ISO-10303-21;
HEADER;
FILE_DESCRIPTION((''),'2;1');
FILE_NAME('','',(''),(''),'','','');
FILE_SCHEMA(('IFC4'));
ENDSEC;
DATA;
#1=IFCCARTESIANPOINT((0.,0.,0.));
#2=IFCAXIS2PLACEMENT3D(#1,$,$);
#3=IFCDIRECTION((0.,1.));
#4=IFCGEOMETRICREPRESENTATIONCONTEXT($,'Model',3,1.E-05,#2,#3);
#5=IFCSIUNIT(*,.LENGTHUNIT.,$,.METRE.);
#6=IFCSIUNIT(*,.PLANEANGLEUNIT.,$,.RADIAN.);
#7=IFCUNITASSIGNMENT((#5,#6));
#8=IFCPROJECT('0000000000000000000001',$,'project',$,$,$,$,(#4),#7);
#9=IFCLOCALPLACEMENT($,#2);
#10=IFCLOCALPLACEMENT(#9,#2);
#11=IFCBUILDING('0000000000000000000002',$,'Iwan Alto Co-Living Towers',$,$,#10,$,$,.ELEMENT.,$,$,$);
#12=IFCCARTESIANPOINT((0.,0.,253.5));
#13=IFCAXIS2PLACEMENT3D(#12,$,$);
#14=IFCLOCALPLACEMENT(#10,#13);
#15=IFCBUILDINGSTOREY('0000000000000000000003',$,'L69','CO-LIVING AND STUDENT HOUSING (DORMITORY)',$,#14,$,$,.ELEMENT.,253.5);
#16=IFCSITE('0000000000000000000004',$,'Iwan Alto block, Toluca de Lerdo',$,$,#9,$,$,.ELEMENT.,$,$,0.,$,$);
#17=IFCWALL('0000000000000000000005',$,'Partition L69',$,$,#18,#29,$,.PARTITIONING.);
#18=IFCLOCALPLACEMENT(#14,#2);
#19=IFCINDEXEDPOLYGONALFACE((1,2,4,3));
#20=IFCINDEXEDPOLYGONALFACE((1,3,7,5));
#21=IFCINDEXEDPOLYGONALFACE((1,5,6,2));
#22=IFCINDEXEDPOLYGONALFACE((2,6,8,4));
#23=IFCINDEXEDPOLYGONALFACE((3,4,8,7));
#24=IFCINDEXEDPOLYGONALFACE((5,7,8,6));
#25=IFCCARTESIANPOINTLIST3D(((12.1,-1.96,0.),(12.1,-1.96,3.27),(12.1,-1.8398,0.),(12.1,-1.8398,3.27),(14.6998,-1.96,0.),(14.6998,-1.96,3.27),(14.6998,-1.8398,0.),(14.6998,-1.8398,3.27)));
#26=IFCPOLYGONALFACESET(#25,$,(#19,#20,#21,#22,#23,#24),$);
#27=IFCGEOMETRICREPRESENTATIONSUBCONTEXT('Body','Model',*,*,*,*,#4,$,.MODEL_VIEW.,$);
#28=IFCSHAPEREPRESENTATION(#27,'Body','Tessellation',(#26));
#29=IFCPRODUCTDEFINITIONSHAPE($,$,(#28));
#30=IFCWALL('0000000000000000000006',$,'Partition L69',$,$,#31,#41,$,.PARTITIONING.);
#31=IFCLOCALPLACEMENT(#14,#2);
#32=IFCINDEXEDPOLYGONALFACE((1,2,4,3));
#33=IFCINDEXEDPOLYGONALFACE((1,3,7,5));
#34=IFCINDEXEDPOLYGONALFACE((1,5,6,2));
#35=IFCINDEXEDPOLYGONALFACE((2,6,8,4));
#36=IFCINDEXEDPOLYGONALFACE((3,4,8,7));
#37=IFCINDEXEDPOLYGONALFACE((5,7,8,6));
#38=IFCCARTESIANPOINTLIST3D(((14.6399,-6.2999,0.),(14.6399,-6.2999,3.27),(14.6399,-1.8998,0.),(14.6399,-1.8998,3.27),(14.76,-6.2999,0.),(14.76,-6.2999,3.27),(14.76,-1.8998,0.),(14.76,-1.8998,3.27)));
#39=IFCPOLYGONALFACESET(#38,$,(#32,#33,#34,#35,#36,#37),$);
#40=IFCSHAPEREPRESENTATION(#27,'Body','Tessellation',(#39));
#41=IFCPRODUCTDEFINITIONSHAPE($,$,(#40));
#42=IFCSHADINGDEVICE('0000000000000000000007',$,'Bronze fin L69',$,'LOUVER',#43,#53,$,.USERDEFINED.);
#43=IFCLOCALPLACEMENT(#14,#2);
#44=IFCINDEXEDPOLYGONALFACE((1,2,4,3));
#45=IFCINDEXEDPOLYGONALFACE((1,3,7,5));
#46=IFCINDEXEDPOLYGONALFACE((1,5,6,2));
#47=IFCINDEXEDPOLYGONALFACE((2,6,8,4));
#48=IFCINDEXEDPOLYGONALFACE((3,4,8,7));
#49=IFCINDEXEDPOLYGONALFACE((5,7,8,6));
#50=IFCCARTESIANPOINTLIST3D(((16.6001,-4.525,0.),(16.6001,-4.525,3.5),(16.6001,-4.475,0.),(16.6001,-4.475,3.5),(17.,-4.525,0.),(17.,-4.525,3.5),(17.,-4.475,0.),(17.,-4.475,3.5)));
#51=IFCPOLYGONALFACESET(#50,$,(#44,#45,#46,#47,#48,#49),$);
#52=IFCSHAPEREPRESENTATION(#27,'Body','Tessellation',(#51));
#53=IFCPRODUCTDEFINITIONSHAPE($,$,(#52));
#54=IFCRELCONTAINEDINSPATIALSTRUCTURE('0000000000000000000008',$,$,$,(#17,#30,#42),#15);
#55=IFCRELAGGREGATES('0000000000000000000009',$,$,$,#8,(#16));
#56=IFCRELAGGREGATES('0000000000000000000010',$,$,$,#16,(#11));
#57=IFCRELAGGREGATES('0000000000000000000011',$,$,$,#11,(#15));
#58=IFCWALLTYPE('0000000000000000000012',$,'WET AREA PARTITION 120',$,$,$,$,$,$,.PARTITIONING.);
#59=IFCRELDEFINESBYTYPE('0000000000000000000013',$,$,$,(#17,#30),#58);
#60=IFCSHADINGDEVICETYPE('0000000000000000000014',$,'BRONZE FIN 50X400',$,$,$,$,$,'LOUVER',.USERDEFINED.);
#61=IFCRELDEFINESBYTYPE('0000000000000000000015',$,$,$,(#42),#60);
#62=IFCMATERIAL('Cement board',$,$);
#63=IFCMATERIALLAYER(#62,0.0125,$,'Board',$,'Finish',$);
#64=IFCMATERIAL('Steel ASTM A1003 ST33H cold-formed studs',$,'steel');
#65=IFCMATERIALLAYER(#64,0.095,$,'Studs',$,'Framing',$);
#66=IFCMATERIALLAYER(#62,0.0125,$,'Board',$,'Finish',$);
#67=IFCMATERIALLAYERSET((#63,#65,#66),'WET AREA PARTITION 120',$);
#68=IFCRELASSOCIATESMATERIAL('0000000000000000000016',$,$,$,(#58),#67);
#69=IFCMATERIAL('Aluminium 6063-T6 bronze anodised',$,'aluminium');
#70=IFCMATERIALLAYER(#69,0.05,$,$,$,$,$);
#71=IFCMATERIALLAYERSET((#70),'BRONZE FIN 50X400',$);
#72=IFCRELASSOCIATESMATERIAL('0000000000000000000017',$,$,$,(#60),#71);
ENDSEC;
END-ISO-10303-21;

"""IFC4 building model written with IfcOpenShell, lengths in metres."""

from ifc_helpers import new_model, si_unit, direction, frame, frame_2d, origin, origin_2d, place, context, subcontext, project, spatial, rectangle, extrude, material, layer, layer_set, type_object, element, save


model = new_model("IFC4")

# Units and contexts
model_context = context("Model", 3, precision=1e-05, world=origin(), true_north=direction((0.0, 1.0)))
body_context = subcontext(model_context, "Body", "Model", "MODEL_VIEW")
ifc_project = project(units=[si_unit("LENGTHUNIT", "METRE"), si_unit("PLANEANGLEUNIT", "RADIAN")], contexts=[model_context])

# Site, building, storey
site_placement = place(None, origin())
site = spatial("IfcSite", under=ifc_project, at=site_placement, Name="Iwan Alto block, Toluca de Lerdo", CompositionType="ELEMENT", RefElevation=0.0)
building_placement = place(site_placement, origin())
building = spatial("IfcBuilding", under=site, at=building_placement, Name="Iwan Alto Co-Living Towers", CompositionType="ELEMENT")
storey_placement = place(building_placement, frame((0.0, 0.0, 253.5)))
storey = spatial("IfcBuildingStorey", under=building, at=storey_placement, Name="L69", Description="CO-LIVING AND STUDENT HOUSING (DORMITORY)", CompositionType="ELEMENT", Elevation=253.5)

# Walls
ifc_material_1 = material(Name="Cement board")
ifc_layer_1 = layer(ifc_material_1, 0.0125, Name="Board", Category="Finish")
ifc_material_2 = material(Name="Steel ASTM A1003 ST33H cold-formed studs", Category="steel")
ifc_layer_2 = layer(ifc_material_2, 0.095, Name="Studs", Category="Framing")
ifc_layer_3 = layer(ifc_material_1, 0.0125, Name="Board", Category="Finish")
ifc_layer_set_1 = layer_set([ifc_layer_1, ifc_layer_2, ifc_layer_3], Name="WET AREA PARTITION 120")
wall_type = type_object("IfcWallType", Name="WET AREA PARTITION 120", PredefinedType="PARTITIONING", material=ifc_layer_set_1)
wall_1_placement = place(storey_placement, frame((12.1001, -1.8999, 0.0), z_axis=(0.0, 0.0, 1.0), x_axis=(1.0, 0.0, 0.0)))
element("IfcWall", 1, at=wall_1_placement, inside=storey, type_object=wall_type, Name="Partition L69", PredefinedType="PARTITIONING", context=body_context, shape_type="SweptSolid", body=[
    extrude(rectangle(XDim=2.5999, YDim=0.1201, at=frame_2d((1.2998, 0.0))), origin(), (0.0, 0.0, 1.0), 3.27),
])
wall_2_placement = place(storey_placement, frame((14.7, -6.3, 0.0), z_axis=(0.0, 0.0, 1.0), x_axis=(0.0, 1.0, 0.0)))
element("IfcWall", 2, at=wall_2_placement, inside=storey, type_object=wall_type, Name="Partition L69", PredefinedType="PARTITIONING", context=body_context, shape_type="SweptSolid", body=[
    extrude(rectangle(XDim=4.4001, YDim=0.1201, at=frame_2d((2.2002, 0.0))), origin(), (0.0, 0.0, 1.0), 3.27),
])

# Shading device
ifc_material_3 = material(Name="Aluminium 6063-T6 bronze anodised", Category="aluminium")
ifc_layer_4 = layer(ifc_material_3, 0.05)
ifc_layer_set_2 = layer_set([ifc_layer_4], Name="BRONZE FIN 50X400")
shading_device_type = type_object("IfcShadingDeviceType", Name="BRONZE FIN 50X400", ElementType="LOUVER", PredefinedType="USERDEFINED", material=ifc_layer_set_2)
shading_device_placement = place(storey_placement, frame((16.8, -4.5, 0.0), z_axis=(0.0, 0.0, 1.0), x_axis=(0.0, 1.0, 0.0)))
element("IfcShadingDevice", 3, at=shading_device_placement, inside=storey, type_object=shading_device_type, Name="Bronze fin L69", ObjectType="LOUVER", PredefinedType="USERDEFINED", context=body_context, shape_type="SweptSolid", body=[
    extrude(rectangle(XDim=0.05, YDim=0.3999, at=origin_2d()), origin(), (0.0, 0.0, 1.0), 3.5),
])

save(model, "model.ifc")
